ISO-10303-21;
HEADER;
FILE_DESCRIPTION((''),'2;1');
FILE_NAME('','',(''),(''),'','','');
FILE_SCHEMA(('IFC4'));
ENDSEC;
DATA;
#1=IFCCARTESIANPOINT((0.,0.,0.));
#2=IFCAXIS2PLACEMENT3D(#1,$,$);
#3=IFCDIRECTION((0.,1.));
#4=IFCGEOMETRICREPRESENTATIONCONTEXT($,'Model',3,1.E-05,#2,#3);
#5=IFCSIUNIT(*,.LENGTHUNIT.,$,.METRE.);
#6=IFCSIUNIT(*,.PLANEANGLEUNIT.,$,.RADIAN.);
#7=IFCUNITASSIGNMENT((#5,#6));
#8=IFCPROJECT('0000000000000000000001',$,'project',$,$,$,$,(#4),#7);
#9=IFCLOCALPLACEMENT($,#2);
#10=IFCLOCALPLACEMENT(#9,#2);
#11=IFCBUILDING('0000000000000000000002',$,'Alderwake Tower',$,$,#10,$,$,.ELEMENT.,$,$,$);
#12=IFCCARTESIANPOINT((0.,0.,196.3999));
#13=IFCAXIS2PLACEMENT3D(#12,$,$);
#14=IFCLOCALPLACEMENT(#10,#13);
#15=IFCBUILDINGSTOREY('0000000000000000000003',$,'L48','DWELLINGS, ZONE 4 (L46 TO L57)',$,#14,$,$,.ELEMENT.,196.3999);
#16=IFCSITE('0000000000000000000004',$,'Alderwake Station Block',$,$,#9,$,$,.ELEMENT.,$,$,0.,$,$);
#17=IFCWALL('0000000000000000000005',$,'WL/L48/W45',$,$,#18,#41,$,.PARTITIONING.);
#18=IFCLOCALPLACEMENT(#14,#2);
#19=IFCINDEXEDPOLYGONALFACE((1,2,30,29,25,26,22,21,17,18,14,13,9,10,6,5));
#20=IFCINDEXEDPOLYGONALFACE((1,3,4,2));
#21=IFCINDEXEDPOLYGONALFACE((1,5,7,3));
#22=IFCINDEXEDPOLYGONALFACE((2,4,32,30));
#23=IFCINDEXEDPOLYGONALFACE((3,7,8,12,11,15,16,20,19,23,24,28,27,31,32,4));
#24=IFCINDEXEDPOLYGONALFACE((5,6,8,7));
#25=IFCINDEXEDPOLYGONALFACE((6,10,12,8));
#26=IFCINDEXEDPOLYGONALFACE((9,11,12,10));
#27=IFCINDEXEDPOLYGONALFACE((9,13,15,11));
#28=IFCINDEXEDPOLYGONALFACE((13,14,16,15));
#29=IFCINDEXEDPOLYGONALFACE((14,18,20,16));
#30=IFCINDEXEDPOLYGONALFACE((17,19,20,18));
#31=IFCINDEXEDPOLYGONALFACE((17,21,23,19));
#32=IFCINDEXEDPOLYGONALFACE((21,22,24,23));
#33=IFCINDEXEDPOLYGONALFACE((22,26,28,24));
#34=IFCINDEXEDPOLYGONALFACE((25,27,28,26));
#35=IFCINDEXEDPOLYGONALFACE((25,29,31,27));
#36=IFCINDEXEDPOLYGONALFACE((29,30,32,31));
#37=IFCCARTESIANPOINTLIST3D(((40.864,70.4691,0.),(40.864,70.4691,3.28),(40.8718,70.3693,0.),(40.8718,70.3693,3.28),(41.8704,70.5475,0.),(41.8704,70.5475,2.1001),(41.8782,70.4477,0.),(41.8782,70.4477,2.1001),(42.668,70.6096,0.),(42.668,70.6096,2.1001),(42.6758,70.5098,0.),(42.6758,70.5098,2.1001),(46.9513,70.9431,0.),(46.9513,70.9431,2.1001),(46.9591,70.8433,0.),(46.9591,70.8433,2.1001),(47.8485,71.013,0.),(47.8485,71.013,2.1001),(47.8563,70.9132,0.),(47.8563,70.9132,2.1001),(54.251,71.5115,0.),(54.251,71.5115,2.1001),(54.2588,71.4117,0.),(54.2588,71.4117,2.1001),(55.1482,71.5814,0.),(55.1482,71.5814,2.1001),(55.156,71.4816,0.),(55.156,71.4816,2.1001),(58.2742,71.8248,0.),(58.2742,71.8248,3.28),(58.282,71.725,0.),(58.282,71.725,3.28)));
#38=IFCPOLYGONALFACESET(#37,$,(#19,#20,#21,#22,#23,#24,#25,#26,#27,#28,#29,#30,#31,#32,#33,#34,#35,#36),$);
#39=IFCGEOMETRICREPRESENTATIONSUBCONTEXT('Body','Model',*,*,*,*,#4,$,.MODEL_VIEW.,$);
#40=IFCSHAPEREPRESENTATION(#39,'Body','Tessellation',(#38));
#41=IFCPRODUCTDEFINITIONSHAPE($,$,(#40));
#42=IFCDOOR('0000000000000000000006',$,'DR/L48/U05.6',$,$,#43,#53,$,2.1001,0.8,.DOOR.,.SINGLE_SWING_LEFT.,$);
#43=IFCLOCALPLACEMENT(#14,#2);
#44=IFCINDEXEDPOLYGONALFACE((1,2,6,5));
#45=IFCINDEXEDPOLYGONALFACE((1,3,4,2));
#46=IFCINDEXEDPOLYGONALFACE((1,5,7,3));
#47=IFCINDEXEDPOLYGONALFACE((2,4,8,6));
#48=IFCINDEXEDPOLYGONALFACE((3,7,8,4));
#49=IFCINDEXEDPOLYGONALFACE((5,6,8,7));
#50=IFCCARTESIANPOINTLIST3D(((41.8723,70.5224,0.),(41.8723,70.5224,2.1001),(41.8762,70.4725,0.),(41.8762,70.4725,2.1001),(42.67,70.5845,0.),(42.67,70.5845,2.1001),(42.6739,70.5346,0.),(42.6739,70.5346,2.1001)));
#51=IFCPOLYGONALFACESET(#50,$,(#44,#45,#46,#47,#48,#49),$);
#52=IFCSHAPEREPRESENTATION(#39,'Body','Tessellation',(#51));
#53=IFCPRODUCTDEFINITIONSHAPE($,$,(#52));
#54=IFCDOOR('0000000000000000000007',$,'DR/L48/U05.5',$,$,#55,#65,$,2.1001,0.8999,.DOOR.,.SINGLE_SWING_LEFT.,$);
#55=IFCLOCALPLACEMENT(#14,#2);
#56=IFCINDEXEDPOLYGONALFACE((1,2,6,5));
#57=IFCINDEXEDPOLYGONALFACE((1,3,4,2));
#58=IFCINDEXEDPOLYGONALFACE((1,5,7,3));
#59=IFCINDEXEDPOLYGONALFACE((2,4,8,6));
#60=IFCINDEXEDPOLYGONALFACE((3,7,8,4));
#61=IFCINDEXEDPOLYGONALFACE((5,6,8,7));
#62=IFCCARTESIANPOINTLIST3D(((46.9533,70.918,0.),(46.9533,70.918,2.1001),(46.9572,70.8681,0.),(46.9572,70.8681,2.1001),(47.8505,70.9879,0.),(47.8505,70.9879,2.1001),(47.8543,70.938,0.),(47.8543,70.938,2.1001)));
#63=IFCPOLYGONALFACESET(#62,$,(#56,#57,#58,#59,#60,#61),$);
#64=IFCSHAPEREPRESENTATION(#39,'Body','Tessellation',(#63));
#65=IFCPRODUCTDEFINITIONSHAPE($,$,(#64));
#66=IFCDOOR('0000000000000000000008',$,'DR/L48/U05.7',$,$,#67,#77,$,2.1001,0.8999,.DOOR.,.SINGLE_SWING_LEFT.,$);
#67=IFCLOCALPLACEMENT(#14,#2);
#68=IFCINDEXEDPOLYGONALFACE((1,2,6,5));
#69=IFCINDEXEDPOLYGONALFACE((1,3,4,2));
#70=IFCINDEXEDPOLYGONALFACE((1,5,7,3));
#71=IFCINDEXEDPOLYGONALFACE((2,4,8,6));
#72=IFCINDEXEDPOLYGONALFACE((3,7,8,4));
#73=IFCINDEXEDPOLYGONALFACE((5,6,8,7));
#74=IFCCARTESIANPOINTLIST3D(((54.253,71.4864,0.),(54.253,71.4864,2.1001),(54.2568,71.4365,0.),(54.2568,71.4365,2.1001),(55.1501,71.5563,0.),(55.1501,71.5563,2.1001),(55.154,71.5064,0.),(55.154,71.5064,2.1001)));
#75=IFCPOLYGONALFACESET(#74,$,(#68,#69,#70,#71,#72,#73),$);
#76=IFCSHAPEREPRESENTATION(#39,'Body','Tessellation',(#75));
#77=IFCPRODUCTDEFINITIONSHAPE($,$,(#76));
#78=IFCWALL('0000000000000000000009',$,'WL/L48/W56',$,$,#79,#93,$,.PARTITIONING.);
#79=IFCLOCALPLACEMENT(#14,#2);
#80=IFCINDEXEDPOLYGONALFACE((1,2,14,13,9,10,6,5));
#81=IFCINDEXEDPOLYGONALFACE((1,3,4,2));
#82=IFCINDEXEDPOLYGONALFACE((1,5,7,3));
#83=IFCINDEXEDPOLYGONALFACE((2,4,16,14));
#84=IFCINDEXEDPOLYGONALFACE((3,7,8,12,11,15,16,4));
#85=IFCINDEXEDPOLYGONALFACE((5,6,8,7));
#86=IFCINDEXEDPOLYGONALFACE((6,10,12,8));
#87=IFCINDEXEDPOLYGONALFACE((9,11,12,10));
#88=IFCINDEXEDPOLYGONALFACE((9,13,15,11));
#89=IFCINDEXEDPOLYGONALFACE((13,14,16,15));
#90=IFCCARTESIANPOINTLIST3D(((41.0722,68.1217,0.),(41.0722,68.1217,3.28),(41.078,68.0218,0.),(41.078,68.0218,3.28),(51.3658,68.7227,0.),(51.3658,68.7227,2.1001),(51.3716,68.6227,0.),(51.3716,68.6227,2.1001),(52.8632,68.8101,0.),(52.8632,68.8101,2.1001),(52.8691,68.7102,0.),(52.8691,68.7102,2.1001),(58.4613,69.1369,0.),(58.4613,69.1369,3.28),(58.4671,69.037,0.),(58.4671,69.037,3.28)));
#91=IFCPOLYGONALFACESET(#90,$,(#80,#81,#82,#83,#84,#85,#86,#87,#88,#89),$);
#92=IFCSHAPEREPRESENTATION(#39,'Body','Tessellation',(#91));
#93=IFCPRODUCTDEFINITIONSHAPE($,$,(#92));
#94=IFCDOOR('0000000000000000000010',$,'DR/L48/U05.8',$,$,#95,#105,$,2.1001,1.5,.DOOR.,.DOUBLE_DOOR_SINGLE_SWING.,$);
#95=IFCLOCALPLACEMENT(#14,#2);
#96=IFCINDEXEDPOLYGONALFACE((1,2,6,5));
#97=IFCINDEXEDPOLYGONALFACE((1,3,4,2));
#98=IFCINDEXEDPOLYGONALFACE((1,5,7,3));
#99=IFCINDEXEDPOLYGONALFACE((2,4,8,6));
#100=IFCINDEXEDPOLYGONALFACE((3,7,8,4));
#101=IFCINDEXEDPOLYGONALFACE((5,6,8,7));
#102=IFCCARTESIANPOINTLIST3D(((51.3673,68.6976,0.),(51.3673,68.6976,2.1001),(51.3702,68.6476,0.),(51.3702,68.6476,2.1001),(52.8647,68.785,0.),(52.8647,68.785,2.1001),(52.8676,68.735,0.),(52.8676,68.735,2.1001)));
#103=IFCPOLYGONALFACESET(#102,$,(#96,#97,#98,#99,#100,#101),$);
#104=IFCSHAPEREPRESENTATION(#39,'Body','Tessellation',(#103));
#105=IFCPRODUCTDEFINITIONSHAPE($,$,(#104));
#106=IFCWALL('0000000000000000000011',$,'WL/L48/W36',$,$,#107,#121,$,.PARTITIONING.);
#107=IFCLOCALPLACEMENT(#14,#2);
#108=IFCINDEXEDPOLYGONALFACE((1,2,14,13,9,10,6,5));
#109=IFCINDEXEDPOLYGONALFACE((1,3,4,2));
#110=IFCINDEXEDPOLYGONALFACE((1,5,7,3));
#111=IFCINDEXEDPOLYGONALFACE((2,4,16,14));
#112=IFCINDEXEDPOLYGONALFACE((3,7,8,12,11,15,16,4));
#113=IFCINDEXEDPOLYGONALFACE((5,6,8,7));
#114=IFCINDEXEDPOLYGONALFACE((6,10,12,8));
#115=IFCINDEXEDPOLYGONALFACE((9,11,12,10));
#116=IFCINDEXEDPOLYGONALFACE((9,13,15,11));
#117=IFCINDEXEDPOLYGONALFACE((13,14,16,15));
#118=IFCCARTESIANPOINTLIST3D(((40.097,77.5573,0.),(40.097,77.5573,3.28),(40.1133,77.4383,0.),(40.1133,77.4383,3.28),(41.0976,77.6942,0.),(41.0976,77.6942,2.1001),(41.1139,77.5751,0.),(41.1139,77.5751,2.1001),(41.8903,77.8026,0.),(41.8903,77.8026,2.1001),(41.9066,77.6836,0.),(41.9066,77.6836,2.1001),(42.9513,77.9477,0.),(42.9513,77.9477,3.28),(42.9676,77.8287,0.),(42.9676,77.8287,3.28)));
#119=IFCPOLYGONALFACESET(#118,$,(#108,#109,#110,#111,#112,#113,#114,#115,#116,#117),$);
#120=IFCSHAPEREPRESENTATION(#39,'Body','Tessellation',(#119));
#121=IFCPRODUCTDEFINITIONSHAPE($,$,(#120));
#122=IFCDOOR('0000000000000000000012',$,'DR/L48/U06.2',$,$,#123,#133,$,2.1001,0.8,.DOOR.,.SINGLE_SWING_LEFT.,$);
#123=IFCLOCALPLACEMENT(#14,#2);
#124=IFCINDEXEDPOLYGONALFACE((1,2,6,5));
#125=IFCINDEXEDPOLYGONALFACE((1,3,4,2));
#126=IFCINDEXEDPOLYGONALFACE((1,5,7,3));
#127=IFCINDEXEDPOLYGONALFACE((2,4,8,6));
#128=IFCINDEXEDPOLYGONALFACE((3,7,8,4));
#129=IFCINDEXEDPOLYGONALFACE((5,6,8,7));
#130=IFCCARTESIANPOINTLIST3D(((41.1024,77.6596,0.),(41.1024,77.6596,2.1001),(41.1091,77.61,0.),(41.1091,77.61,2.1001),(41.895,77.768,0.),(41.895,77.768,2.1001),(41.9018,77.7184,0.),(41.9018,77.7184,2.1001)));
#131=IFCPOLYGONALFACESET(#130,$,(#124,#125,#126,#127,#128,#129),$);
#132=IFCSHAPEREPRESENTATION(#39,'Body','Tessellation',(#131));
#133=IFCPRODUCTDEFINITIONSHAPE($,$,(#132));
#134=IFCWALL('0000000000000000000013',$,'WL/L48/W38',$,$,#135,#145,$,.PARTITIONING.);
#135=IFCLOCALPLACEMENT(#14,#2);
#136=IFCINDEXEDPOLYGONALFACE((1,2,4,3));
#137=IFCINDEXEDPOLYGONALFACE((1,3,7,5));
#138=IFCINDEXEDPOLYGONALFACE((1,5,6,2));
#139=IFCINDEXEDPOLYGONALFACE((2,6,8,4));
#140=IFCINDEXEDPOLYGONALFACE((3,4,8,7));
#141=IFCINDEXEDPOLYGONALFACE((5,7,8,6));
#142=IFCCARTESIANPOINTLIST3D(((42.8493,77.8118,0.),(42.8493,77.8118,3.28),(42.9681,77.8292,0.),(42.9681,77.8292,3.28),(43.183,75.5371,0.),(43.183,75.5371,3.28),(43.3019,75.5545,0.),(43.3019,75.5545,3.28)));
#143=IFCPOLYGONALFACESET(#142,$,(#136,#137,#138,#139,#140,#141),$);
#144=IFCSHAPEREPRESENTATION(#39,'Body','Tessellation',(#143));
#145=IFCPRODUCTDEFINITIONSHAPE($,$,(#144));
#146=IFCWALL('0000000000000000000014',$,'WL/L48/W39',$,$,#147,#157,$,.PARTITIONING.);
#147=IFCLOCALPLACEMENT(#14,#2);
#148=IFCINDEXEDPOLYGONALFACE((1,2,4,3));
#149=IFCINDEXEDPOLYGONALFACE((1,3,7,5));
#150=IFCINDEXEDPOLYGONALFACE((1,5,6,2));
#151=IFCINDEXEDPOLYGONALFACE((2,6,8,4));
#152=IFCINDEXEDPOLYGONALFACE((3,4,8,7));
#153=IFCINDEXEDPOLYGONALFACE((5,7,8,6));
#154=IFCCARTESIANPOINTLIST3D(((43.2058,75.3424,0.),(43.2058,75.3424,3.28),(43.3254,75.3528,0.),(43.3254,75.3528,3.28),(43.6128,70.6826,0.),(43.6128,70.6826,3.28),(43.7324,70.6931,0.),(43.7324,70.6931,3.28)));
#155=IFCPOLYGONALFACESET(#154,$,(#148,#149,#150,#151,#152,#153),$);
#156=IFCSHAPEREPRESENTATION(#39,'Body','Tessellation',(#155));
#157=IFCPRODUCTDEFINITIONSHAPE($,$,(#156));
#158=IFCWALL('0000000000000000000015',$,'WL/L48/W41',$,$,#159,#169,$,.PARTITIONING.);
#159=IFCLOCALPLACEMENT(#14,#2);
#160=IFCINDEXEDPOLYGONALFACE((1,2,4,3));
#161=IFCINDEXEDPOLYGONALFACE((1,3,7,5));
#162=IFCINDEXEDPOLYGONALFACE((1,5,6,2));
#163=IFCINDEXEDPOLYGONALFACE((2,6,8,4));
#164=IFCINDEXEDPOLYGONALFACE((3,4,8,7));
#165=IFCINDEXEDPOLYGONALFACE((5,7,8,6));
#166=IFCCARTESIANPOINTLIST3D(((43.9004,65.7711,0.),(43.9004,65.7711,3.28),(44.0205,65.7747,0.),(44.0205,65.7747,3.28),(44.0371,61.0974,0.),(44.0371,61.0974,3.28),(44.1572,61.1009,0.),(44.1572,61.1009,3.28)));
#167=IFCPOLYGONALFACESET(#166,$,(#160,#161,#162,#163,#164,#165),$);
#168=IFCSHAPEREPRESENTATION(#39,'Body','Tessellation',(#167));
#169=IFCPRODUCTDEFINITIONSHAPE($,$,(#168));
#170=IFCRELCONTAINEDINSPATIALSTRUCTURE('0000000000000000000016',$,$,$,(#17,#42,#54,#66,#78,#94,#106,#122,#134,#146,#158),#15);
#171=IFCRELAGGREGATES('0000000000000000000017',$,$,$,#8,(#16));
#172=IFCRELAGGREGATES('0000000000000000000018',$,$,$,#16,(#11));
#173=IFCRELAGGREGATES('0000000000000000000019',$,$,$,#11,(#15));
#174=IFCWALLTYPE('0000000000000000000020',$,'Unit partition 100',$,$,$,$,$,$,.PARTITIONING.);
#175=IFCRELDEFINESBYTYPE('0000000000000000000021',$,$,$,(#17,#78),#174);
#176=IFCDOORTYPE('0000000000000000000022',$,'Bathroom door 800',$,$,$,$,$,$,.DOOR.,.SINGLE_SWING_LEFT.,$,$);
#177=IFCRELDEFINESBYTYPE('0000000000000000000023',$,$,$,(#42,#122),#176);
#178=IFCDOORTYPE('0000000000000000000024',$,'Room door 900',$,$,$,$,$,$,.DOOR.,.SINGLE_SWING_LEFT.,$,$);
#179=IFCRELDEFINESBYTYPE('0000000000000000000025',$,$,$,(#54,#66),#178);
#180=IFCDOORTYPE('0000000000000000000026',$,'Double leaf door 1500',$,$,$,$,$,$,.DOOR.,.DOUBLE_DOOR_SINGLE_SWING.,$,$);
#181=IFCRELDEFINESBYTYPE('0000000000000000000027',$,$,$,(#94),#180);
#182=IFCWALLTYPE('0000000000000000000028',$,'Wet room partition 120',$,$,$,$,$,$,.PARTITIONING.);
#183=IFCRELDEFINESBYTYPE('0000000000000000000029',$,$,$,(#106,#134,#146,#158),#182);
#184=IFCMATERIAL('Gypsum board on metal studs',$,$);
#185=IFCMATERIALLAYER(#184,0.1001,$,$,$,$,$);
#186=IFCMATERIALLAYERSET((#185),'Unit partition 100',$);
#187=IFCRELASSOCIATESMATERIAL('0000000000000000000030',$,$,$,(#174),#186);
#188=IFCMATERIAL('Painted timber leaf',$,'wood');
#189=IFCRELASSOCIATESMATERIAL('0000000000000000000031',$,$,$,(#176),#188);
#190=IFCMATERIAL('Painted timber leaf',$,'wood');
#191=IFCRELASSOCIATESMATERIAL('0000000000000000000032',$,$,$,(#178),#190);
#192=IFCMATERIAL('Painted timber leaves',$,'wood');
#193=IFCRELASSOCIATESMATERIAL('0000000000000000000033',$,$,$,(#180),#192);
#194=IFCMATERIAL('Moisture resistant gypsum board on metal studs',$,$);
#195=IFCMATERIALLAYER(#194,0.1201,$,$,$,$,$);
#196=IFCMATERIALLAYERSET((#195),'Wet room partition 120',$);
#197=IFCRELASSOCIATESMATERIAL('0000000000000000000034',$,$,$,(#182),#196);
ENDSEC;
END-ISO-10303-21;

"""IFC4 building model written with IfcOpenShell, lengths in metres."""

from ifc_helpers import new_model, si_unit, direction, frame, frame_2d, origin, place, context, subcontext, project, spatial, rectangle, extrude, material, layer, layer_set, type_object, element, fill, save


model = new_model("IFC4")

# Units and contexts
model_context = context("Model", 3, precision=1e-05, world=origin(), true_north=direction((0.0, 1.0)))
body_context = subcontext(model_context, "Body", "Model", "MODEL_VIEW")
ifc_project = project(units=[si_unit("LENGTHUNIT", "METRE"), si_unit("PLANEANGLEUNIT", "RADIAN")], contexts=[model_context])

# Site, building, storey
site_placement = place(None, origin())
site = spatial("IfcSite", under=ifc_project, at=site_placement, Name="Alderwake Station Block", CompositionType="ELEMENT", RefElevation=0.0)
building_placement = place(site_placement, origin())
building = spatial("IfcBuilding", under=site, at=building_placement, Name="Alderwake Tower", CompositionType="ELEMENT")
storey_placement = place(building_placement, frame((0.0, 0.0, 196.3999)))
storey = spatial("IfcBuildingStorey", under=building, at=storey_placement, Name="L48", Description="DWELLINGS, ZONE 4 (L46 TO L57)", CompositionType="ELEMENT", Elevation=196.3999)

# Wall, openings, doors
ifc_material_1 = material(Name="Gypsum board on metal studs")
ifc_layer_1 = layer(ifc_material_1, 0.1001)
ifc_layer_set_1 = layer_set([ifc_layer_1], Name="Unit partition 100")
wall_type_1 = type_object("IfcWallType", Name="Unit partition 100", PredefinedType="PARTITIONING", material=ifc_layer_set_1)
wall_1_placement = place(storey_placement, frame((40.8679, 70.4192, 0.0), z_axis=(0.0, 0.0, 1.0), x_axis=(0.996982, 0.077634, 0.0)))
wall_1 = element("IfcWall", 1, at=wall_1_placement, inside=storey, type_object=wall_type_1, Name="WL/L48/W45", PredefinedType="PARTITIONING", context=body_context, shape_type="SweptSolid", body=[
    extrude(rectangle(XDim=17.4629, YDim=0.1001, at=frame_2d((8.7314, 0.0))), origin(), (0.0, 0.0, 1.0), 3.28),
])
opening_1_placement = place(wall_1_placement, frame((6.1057, 0.0, 0.0)))
opening_1 = element("IfcOpeningElement", 2, at=opening_1_placement, cuts=wall_1, PredefinedType="OPENING", context=body_context, shape_type="SweptSolid", body=[
    extrude(rectangle(XDim=0.8999, YDim=2.1001, at=frame_2d((0.45, 1.05))), frame((0.0, 0.0601, 0.0), z_axis=(0.0, -1.0, 0.0), x_axis=(1.0, 0.0, 0.0)), (0.0, 0.0, 1.0), 0.1201),
])
opening_2_placement = place(wall_1_placement, frame((1.0095, 0.0, 0.0)))
opening_2 = element("IfcOpeningElement", 3, at=opening_2_placement, cuts=wall_1, PredefinedType="OPENING", context=body_context, shape_type="SweptSolid", body=[
    extrude(rectangle(XDim=0.8, YDim=2.1001, at=frame_2d((0.3999, 1.05))), frame((0.0, 0.0601, 0.0), z_axis=(0.0, -1.0, 0.0), x_axis=(1.0, 0.0, 0.0)), (0.0, 0.0, 1.0), 0.1201),
])
opening_3_placement = place(wall_1_placement, frame((13.4275, 0.0, 0.0)))
opening_3 = element("IfcOpeningElement", 4, at=opening_3_placement, cuts=wall_1, PredefinedType="OPENING", context=body_context, shape_type="SweptSolid", body=[
    extrude(rectangle(XDim=0.8999, YDim=2.1001, at=frame_2d((0.45, 1.05))), frame((0.0, 0.0601, 0.0), z_axis=(0.0, -1.0, 0.0), x_axis=(1.0, 0.0, 0.0)), (0.0, 0.0, 1.0), 0.1201),
])
ifc_material_2 = material(Name="Painted timber leaf", Category="wood")
door_type_1 = type_object("IfcDoorType", Name="Bathroom door 800", OperationType="SINGLE_SWING_LEFT", PredefinedType="DOOR", material=ifc_material_2)
door_1_placement = place(opening_2_placement, origin())
door_1 = element("IfcDoor", 5, at=door_1_placement, inside=storey, type_object=door_type_1, Name="DR/L48/U05.6", OperationType="SINGLE_SWING_LEFT", OverallHeight=2.1001, OverallWidth=0.8, PredefinedType="DOOR", context=body_context, shape_type="SweptSolid", body=[
    extrude(rectangle(XDim=0.8, YDim=2.1001, at=frame_2d((0.3999, 1.05))), frame((0.0, 0.0249, 0.0), z_axis=(0.0, -1.0, 0.0), x_axis=(1.0, 0.0, 0.0)), (0.0, 0.0, 1.0), 0.05),
])
fill(opening_2, door_1)
ifc_material_3 = material(Name="Painted timber leaf", Category="wood")
door_type_2 = type_object("IfcDoorType", Name="Room door 900", OperationType="SINGLE_SWING_LEFT", PredefinedType="DOOR", material=ifc_material_3)
door_2_placement = place(opening_1_placement, origin())
door_2 = element("IfcDoor", 6, at=door_2_placement, inside=storey, type_object=door_type_2, Name="DR/L48/U05.5", OperationType="SINGLE_SWING_LEFT", OverallHeight=2.1001, OverallWidth=0.8999, PredefinedType="DOOR", context=body_context, shape_type="SweptSolid", body=[
    extrude(rectangle(XDim=0.8999, YDim=2.1001, at=frame_2d((0.45, 1.05))), frame((0.0, 0.0249, 0.0), z_axis=(0.0, -1.0, 0.0), x_axis=(1.0, 0.0, 0.0)), (0.0, 0.0, 1.0), 0.05),
])
fill(opening_1, door_2)
door_3_placement = place(opening_3_placement, origin())
door_3 = element("IfcDoor", 7, at=door_3_placement, inside=storey, type_object=door_type_2, Name="DR/L48/U05.7", OperationType="SINGLE_SWING_LEFT", OverallHeight=2.1001, OverallWidth=0.8999, PredefinedType="DOOR", context=body_context, shape_type="SweptSolid", body=[
    extrude(rectangle(XDim=0.8999, YDim=2.1001, at=frame_2d((0.45, 1.05))), frame((0.0, 0.0249, 0.0), z_axis=(0.0, -1.0, 0.0), x_axis=(1.0, 0.0, 0.0)), (0.0, 0.0, 1.0), 0.05),
])
fill(opening_3, door_3)

# Walls, openings, doors
wall_2_placement = place(storey_placement, frame((41.075, 68.0718, 0.0), z_axis=(0.0, 0.0, 1.0), x_axis=(0.9983, 0.058278, 0.0)))
wall_2 = element("IfcWall", 8, at=wall_2_placement, inside=storey, type_object=wall_type_1, Name="WL/L48/W56", PredefinedType="PARTITIONING", context=body_context, shape_type="SweptSolid", body=[
    extrude(rectangle(XDim=17.4187, YDim=0.1001, at=frame_2d((8.7095, 0.0))), origin(), (0.0, 0.0, 1.0), 3.28),
])
opening_4_placement = place(wall_2_placement, frame((10.3113, 0.0, 0.0)))
opening_4 = element("IfcOpeningElement", 9, at=opening_4_placement, cuts=wall_2, PredefinedType="OPENING", context=body_context, shape_type="SweptSolid", body=[
    extrude(rectangle(XDim=1.5, YDim=2.1001, at=frame_2d((0.75, 1.05))), frame((0.0, 0.0601, 0.0), z_axis=(0.0, -1.0, 0.0), x_axis=(1.0, 0.0, 0.0)), (0.0, 0.0, 1.0), 0.1201),
])
ifc_material_4 = material(Name="Painted timber leaves", Category="wood")
door_type_3 = type_object("IfcDoorType", Name="Double leaf door 1500", OperationType="DOUBLE_DOOR_SINGLE_SWING", PredefinedType="DOOR", material=ifc_material_4)
door_4_placement = place(opening_4_placement, origin())
door_4 = element("IfcDoor", 10, at=door_4_placement, inside=storey, type_object=door_type_3, Name="DR/L48/U05.8", OperationType="DOUBLE_DOOR_SINGLE_SWING", OverallHeight=2.1001, OverallWidth=1.5, PredefinedType="DOOR", context=body_context, shape_type="SweptSolid", body=[
    extrude(rectangle(XDim=1.5, YDim=2.1001, at=frame_2d((0.75, 1.05))), frame((0.0, 0.0249, 0.0), z_axis=(0.0, -1.0, 0.0), x_axis=(1.0, 0.0, 0.0)), (0.0, 0.0, 1.0), 0.05),
])
fill(opening_4, door_4)
ifc_material_5 = material(Name="Moisture resistant gypsum board on metal studs")
ifc_layer_2 = layer(ifc_material_5, 0.1201)
ifc_layer_set_2 = layer_set([ifc_layer_2], Name="Wet room partition 120")
wall_type_2 = type_object("IfcWallType", Name="Wet room partition 120", PredefinedType="PARTITIONING", material=ifc_layer_set_2)
wall_3_placement = place(storey_placement, frame((42.9595, 77.8882, 0.0), z_axis=(0.0, 0.0, 1.0), x_axis=(-0.990776, -0.13551, 0.0)))
wall_3 = element("IfcWall", 11, at=wall_3_placement, inside=storey, type_object=wall_type_2, Name="WL/L48/W36", PredefinedType="PARTITIONING", context=body_context, shape_type="SweptSolid", body=[
    extrude(rectangle(XDim=2.8809, YDim=0.1201, at=frame_2d((1.4404, 0.0))), origin(), (0.0, 0.0, 1.0), 3.28),
])
opening_5_placement = place(wall_3_placement, frame((1.071, 0.0, 0.0)))
opening_5 = element("IfcOpeningElement", 12, at=opening_5_placement, cuts=wall_3, PredefinedType="OPENING", context=body_context, shape_type="SweptSolid", body=[
    extrude(rectangle(XDim=0.8, YDim=2.1001, at=frame_2d((0.3999, 1.05))), frame((0.0, 0.0701, 0.0), z_axis=(0.0, -1.0, 0.0), x_axis=(1.0, 0.0, 0.0)), (0.0, 0.0, 1.0), 0.1401),
])
door_5_placement = place(opening_5_placement, origin())
door_5 = element("IfcDoor", 13, at=door_5_placement, inside=storey, type_object=door_type_1, Name="DR/L48/U06.2", OperationType="SINGLE_SWING_LEFT", OverallHeight=2.1001, OverallWidth=0.8, PredefinedType="DOOR", context=body_context, shape_type="SweptSolid", body=[
    extrude(rectangle(XDim=0.8, YDim=2.1001, at=frame_2d((0.3999, 1.05))), frame((0.0, 0.0249, 0.0), z_axis=(0.0, -1.0, 0.0), x_axis=(1.0, 0.0, 0.0)), (0.0, 0.0, 1.0), 0.05),
])
fill(opening_5, door_5)

# Walls
wall_4_placement = place(storey_placement, frame((43.2424, 75.5459, 0.0), z_axis=(0.0, 0.0, 1.0), x_axis=(-0.145167, 0.989407, 0.0)))
element("IfcWall", 14, at=wall_4_placement, inside=storey, type_object=wall_type_2, Name="WL/L48/W38", PredefinedType="PARTITIONING", context=body_context, shape_type="SweptSolid", body=[
    extrude(rectangle(XDim=2.2991, YDim=0.1201, at=frame_2d((1.1494, 0.0))), origin(), (0.0, 0.0, 1.0), 3.28),
])
wall_5_placement = place(storey_placement, frame((43.6726, 70.6877, 0.0), z_axis=(0.0, 0.0, 1.0), x_axis=(-0.08701, 0.996207, 0.0)))
element("IfcWall", 15, at=wall_5_placement, inside=storey, type_object=wall_type_2, Name="WL/L48/W39", PredefinedType="PARTITIONING", context=body_context, shape_type="SweptSolid", body=[
    extrude(rectangle(XDim=4.6775, YDim=0.1201, at=frame_2d((2.3389, 0.0))), origin(), (0.0, 0.0, 1.0), 3.28),
])
wall_6_placement = place(storey_placement, frame((44.0972, 61.0991, 0.0), z_axis=(0.0, 0.0, 1.0), x_axis=(-0.029239, 0.999572, 0.0)))
element("IfcWall", 16, at=wall_6_placement, inside=storey, type_object=wall_type_2, Name="WL/L48/W41", PredefinedType="PARTITIONING", context=body_context, shape_type="SweptSolid", body=[
    extrude(rectangle(XDim=4.6758, YDim=0.1201, at=frame_2d((2.3379, 0.0))), origin(), (0.0, 0.0, 1.0), 3.28),
])

save(model, "model.ifc")
